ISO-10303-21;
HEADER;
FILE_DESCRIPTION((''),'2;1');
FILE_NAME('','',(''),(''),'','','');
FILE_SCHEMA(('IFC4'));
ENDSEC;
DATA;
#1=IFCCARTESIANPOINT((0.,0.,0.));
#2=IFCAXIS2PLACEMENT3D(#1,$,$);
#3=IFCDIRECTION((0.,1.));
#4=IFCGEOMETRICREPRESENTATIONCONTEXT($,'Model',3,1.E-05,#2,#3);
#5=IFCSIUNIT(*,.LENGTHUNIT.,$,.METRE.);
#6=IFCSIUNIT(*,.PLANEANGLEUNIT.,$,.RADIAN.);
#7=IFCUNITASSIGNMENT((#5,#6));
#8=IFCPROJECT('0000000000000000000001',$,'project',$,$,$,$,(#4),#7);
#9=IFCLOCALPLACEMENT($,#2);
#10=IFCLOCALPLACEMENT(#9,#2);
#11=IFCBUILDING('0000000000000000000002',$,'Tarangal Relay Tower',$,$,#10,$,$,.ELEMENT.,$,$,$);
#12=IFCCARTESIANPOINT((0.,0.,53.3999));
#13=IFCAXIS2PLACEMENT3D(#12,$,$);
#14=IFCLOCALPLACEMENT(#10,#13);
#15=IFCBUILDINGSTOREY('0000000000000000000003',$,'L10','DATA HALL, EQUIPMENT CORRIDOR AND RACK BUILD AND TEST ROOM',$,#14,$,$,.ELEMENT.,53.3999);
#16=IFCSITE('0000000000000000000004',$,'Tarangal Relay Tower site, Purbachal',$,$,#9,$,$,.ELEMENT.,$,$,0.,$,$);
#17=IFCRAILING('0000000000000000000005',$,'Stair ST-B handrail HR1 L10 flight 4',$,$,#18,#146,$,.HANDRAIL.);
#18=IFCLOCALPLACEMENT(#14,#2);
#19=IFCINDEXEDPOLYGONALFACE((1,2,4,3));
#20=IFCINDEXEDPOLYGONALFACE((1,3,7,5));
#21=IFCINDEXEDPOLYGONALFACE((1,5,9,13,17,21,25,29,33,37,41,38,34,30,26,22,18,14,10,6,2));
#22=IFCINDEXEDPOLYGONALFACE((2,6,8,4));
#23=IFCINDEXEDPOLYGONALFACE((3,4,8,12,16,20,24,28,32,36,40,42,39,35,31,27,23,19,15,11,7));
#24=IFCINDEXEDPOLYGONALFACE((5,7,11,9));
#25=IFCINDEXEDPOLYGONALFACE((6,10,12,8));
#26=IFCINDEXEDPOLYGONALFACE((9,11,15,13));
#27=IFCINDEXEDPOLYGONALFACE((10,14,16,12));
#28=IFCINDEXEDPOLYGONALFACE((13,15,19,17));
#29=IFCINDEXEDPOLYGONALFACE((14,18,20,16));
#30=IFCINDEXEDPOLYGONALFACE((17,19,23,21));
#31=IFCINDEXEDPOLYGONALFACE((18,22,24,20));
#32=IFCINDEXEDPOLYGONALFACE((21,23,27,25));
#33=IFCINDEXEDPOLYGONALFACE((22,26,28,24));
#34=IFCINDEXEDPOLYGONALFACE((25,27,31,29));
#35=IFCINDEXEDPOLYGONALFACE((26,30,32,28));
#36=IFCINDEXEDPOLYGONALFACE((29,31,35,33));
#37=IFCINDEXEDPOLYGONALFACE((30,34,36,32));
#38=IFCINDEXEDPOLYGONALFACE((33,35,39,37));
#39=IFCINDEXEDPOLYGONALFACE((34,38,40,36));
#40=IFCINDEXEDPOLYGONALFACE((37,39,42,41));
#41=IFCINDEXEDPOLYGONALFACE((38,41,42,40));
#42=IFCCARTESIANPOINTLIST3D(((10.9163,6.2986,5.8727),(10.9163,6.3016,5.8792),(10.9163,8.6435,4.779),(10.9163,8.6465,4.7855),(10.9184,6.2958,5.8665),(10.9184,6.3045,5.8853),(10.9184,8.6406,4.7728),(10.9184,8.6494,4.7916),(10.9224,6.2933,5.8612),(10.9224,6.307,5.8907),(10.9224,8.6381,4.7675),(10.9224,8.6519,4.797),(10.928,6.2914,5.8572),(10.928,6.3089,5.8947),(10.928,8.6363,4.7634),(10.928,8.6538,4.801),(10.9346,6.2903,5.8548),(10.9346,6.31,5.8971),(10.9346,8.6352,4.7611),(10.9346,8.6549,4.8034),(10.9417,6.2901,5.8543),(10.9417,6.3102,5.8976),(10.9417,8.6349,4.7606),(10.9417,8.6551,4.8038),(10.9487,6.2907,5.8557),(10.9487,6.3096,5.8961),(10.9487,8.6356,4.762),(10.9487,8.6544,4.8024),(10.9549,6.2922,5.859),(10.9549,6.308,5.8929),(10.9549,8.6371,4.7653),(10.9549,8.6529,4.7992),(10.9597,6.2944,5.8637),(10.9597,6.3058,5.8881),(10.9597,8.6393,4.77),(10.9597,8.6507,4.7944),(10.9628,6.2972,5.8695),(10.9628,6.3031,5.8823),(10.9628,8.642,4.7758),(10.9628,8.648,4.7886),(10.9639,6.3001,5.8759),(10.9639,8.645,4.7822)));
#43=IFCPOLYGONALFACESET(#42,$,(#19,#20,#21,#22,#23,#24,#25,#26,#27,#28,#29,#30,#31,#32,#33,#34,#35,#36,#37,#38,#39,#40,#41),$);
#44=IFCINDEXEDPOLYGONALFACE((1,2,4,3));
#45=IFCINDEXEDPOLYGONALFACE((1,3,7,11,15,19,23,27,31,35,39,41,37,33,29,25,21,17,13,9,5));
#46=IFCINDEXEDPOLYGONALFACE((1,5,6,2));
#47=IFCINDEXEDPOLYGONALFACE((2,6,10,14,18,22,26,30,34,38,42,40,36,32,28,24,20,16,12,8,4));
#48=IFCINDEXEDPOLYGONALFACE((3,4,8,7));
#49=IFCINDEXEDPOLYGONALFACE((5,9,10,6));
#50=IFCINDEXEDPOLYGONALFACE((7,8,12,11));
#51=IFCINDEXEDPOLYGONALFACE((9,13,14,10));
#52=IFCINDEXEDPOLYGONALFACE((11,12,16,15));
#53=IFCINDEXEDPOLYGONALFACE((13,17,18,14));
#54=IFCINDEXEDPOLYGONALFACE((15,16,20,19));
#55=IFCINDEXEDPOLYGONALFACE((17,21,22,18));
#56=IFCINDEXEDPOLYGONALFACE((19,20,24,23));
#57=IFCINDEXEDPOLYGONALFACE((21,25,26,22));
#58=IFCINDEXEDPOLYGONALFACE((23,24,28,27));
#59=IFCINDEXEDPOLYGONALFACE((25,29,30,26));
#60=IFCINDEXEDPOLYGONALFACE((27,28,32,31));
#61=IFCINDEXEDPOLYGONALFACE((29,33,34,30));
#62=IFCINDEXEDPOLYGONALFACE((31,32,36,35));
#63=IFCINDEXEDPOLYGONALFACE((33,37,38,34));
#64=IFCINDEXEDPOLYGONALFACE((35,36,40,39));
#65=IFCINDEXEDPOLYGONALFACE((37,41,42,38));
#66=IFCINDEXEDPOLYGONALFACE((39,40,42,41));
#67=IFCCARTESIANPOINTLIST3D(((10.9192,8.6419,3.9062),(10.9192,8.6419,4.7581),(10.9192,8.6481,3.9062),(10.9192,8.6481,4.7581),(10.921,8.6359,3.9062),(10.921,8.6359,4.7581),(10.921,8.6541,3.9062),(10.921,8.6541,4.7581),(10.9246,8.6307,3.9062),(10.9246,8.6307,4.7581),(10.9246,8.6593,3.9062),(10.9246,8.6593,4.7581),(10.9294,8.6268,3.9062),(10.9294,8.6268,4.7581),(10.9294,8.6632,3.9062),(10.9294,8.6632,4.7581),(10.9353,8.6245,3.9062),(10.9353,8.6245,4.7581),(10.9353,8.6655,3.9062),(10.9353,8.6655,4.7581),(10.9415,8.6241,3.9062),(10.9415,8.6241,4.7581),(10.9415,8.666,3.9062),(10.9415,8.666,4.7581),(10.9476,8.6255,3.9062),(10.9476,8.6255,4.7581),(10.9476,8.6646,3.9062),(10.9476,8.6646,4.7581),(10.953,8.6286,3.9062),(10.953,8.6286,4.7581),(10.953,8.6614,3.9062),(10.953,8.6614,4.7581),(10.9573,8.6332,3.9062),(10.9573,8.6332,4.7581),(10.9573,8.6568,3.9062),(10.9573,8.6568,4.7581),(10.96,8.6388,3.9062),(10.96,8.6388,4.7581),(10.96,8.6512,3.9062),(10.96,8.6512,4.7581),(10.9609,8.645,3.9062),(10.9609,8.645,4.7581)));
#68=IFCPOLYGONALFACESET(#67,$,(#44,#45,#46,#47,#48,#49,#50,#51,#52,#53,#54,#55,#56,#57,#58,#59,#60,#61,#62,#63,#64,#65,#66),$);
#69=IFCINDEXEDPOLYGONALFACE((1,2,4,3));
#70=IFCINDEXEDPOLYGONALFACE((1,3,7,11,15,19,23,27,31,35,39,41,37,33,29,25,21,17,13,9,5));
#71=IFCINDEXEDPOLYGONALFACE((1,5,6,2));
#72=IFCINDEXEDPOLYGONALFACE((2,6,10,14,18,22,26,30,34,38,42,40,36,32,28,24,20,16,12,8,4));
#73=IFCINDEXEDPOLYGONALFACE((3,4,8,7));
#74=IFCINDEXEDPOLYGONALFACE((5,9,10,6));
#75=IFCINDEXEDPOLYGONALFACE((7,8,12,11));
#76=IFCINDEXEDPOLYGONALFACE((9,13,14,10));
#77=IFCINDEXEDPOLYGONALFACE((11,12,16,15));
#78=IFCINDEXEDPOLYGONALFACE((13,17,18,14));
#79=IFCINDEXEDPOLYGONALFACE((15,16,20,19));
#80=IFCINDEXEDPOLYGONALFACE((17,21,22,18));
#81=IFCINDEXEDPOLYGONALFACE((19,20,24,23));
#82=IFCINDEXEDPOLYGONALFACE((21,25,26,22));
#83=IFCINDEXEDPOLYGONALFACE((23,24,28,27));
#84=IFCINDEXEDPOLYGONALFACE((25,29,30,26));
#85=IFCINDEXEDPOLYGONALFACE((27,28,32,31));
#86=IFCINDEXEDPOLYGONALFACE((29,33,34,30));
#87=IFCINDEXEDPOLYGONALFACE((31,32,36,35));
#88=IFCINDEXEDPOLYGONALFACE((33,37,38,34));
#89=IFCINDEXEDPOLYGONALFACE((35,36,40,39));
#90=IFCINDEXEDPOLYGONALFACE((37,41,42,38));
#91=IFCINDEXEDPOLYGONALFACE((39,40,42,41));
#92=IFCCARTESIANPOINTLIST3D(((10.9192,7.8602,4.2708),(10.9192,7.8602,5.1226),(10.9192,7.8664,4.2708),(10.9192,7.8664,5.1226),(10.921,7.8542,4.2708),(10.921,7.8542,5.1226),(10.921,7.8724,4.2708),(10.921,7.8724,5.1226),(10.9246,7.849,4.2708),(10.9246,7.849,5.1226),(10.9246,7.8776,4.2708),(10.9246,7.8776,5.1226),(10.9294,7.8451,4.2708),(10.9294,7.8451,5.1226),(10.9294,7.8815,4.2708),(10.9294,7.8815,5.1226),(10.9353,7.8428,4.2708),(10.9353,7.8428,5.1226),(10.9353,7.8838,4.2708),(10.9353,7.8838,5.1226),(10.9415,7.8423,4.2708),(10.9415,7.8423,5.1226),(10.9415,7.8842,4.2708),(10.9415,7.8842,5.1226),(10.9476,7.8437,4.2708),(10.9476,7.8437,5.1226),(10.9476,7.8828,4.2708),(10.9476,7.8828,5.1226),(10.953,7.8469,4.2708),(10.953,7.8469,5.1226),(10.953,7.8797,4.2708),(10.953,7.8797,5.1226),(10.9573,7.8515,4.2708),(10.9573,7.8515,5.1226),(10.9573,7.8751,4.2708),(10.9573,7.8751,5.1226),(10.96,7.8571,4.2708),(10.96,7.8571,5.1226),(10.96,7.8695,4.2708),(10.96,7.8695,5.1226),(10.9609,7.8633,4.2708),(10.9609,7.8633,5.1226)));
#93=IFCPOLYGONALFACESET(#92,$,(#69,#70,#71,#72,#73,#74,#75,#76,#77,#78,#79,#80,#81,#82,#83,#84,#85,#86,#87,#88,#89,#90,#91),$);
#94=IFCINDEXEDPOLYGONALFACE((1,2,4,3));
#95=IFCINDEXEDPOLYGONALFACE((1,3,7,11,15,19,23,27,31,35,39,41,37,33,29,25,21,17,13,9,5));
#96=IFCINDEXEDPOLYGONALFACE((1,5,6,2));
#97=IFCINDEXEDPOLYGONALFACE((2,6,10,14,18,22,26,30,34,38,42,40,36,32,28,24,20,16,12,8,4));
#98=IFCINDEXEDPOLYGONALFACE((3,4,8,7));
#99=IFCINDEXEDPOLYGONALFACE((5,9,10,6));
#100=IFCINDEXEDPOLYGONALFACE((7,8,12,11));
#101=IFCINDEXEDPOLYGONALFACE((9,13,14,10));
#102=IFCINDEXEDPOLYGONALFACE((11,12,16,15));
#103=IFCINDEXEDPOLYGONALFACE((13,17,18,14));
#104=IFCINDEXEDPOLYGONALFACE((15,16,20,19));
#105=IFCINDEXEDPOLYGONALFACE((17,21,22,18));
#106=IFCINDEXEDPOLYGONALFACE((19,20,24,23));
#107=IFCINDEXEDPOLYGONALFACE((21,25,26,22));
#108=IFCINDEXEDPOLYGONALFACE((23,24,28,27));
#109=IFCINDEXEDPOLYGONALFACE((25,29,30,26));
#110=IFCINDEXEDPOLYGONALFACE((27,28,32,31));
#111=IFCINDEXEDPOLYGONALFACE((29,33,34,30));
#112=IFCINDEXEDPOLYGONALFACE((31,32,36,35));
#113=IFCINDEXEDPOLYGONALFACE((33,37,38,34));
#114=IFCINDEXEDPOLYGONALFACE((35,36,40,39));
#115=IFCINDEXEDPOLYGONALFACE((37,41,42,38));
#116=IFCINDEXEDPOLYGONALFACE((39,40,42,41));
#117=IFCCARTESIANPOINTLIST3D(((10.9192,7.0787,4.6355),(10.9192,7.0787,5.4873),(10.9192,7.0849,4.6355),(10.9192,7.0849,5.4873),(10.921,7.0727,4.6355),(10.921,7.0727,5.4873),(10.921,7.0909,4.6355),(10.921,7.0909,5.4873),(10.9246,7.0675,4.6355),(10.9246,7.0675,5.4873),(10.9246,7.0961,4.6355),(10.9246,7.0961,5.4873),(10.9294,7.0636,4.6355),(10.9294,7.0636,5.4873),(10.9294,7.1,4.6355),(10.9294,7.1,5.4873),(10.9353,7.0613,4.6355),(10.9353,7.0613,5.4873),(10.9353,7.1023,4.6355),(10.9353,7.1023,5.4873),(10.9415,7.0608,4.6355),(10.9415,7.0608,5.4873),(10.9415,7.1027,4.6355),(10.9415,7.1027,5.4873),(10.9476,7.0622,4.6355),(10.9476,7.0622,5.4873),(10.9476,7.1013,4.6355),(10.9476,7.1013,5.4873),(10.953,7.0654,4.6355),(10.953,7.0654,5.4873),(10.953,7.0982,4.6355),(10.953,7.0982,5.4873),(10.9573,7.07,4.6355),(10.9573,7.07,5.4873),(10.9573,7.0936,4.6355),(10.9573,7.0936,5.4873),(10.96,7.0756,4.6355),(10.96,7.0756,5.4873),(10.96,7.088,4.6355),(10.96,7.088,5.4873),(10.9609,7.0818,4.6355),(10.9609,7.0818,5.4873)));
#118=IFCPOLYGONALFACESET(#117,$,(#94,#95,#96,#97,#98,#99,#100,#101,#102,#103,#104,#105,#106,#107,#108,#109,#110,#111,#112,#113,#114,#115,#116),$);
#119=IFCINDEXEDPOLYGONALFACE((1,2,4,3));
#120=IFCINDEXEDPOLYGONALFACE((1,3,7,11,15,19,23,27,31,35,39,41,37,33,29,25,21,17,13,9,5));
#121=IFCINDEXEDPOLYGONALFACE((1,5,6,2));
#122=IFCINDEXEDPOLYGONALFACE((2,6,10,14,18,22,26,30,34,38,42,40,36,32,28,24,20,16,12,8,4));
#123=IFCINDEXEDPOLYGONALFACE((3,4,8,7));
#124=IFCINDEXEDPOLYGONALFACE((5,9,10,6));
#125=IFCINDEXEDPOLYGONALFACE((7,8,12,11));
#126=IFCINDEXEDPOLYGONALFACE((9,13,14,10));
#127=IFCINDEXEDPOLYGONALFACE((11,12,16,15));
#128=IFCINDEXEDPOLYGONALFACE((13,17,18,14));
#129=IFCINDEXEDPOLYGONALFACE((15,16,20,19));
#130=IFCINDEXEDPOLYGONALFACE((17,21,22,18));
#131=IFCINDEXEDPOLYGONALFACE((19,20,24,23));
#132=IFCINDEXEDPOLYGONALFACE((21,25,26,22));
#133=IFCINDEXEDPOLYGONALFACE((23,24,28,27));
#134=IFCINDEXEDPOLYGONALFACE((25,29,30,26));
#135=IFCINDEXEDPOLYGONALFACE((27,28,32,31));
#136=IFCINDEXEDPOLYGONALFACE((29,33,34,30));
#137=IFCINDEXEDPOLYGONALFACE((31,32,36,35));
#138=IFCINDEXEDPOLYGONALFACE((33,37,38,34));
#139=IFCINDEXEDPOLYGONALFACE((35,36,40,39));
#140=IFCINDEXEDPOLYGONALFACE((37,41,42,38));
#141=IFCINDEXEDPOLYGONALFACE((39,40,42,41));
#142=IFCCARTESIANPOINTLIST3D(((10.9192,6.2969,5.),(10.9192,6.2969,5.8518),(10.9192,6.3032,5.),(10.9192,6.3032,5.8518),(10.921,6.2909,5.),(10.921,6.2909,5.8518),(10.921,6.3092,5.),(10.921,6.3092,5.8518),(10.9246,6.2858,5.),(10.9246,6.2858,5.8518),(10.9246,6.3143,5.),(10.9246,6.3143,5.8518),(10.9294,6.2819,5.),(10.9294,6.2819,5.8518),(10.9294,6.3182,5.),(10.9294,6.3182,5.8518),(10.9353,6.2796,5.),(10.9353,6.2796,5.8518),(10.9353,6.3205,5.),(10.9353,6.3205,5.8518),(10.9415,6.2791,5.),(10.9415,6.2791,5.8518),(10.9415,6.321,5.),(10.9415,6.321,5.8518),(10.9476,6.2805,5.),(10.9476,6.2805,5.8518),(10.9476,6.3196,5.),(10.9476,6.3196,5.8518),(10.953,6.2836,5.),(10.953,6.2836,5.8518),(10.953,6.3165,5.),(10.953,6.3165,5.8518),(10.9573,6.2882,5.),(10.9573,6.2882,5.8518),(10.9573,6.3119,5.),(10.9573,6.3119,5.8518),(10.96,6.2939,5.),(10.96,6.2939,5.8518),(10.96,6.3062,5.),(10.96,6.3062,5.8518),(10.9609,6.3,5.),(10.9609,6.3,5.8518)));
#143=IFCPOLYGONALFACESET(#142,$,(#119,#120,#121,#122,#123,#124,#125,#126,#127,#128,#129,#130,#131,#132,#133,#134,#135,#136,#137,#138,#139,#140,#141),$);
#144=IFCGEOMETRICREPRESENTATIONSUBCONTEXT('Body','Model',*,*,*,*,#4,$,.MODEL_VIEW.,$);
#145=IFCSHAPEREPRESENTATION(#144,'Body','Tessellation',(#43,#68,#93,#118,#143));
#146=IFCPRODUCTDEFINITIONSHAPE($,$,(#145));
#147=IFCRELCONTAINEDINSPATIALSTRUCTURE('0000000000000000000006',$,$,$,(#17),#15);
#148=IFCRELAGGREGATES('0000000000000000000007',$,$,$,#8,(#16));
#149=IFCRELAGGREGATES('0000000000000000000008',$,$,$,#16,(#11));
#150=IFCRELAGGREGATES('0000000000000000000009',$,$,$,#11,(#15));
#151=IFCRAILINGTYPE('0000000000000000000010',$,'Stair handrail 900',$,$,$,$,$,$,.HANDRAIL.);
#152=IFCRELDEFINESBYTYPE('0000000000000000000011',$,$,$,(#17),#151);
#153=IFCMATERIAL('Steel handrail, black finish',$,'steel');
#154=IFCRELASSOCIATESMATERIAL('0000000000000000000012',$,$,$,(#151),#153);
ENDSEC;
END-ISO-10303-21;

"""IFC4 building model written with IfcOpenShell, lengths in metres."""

from ifc_helpers import new_model, si_unit, direction, frame, origin, origin_2d, place, context, subcontext, project, spatial, circle, extrude, material, type_object, element, save


model = new_model("IFC4")

# Units and contexts
model_context = context("Model", 3, precision=1e-05, world=origin(), true_north=direction((0.0, 1.0)))
body_context = subcontext(model_context, "Body", "Model", "MODEL_VIEW")
ifc_project = project(units=[si_unit("LENGTHUNIT", "METRE"), si_unit("PLANEANGLEUNIT", "RADIAN")], contexts=[model_context])

# Site, building, storey
site_placement = place(None, origin())
site = spatial("IfcSite", under=ifc_project, at=site_placement, Name="Tarangal Relay Tower site, Purbachal", CompositionType="ELEMENT", RefElevation=0.0)
building_placement = place(site_placement, origin())
building = spatial("IfcBuilding", under=site, at=building_placement, Name="Tarangal Relay Tower", CompositionType="ELEMENT")
storey_placement = place(building_placement, frame((0.0, 0.0, 53.3999)))
storey = spatial("IfcBuildingStorey", under=building, at=storey_placement, Name="L10", Description="DATA HALL, EQUIPMENT CORRIDOR AND RACK BUILD AND TEST ROOM", CompositionType="ELEMENT", Elevation=53.3999)

# Railing
ifc_material_1 = material(Name="Steel handrail, black finish", Category="steel")
railing_type_1 = type_object("IfcRailingType", Name="Stair handrail 900", PredefinedType="HANDRAIL", material=ifc_material_1)
for number, where, name in (
    (1, (10.9399, 8.645, 3.9062), "Stair ST-B handrail HR1 L10 flight 4"),
):
    element("IfcRailing", number, at=place(storey_placement, frame(where)), inside=storey, type_object=railing_type_1, Name=name, PredefinedType="HANDRAIL", context=body_context, shape_type="SweptSolid", body=[
        extrude(circle(Radius=0.0239, at=origin_2d()), frame((0.0, 0.0, 0.876), z_axis=(0.0, -0.906267, 0.422705), x_axis=(1.0, 0.0, 0.0)), (0.0, 0.0, 1.0), 2.5874),
        extrude(circle(Radius=0.021, at=origin_2d()), origin(), (0.0, 0.0, 1.0), 0.8518),
        extrude(circle(Radius=0.021, at=origin_2d()), frame((0.0, -0.7817, 0.3645)), (0.0, 0.0, 1.0), 0.8518),
        extrude(circle(Radius=0.021, at=origin_2d()), frame((0.0, -1.5632, 0.7292)), (0.0, 0.0, 1.0), 0.8518),
        extrude(circle(Radius=0.021, at=origin_2d()), frame((0.0, -2.345, 1.0938)), (0.0, 0.0, 1.0), 0.8518),
    ])

save(model, "model.ifc")
